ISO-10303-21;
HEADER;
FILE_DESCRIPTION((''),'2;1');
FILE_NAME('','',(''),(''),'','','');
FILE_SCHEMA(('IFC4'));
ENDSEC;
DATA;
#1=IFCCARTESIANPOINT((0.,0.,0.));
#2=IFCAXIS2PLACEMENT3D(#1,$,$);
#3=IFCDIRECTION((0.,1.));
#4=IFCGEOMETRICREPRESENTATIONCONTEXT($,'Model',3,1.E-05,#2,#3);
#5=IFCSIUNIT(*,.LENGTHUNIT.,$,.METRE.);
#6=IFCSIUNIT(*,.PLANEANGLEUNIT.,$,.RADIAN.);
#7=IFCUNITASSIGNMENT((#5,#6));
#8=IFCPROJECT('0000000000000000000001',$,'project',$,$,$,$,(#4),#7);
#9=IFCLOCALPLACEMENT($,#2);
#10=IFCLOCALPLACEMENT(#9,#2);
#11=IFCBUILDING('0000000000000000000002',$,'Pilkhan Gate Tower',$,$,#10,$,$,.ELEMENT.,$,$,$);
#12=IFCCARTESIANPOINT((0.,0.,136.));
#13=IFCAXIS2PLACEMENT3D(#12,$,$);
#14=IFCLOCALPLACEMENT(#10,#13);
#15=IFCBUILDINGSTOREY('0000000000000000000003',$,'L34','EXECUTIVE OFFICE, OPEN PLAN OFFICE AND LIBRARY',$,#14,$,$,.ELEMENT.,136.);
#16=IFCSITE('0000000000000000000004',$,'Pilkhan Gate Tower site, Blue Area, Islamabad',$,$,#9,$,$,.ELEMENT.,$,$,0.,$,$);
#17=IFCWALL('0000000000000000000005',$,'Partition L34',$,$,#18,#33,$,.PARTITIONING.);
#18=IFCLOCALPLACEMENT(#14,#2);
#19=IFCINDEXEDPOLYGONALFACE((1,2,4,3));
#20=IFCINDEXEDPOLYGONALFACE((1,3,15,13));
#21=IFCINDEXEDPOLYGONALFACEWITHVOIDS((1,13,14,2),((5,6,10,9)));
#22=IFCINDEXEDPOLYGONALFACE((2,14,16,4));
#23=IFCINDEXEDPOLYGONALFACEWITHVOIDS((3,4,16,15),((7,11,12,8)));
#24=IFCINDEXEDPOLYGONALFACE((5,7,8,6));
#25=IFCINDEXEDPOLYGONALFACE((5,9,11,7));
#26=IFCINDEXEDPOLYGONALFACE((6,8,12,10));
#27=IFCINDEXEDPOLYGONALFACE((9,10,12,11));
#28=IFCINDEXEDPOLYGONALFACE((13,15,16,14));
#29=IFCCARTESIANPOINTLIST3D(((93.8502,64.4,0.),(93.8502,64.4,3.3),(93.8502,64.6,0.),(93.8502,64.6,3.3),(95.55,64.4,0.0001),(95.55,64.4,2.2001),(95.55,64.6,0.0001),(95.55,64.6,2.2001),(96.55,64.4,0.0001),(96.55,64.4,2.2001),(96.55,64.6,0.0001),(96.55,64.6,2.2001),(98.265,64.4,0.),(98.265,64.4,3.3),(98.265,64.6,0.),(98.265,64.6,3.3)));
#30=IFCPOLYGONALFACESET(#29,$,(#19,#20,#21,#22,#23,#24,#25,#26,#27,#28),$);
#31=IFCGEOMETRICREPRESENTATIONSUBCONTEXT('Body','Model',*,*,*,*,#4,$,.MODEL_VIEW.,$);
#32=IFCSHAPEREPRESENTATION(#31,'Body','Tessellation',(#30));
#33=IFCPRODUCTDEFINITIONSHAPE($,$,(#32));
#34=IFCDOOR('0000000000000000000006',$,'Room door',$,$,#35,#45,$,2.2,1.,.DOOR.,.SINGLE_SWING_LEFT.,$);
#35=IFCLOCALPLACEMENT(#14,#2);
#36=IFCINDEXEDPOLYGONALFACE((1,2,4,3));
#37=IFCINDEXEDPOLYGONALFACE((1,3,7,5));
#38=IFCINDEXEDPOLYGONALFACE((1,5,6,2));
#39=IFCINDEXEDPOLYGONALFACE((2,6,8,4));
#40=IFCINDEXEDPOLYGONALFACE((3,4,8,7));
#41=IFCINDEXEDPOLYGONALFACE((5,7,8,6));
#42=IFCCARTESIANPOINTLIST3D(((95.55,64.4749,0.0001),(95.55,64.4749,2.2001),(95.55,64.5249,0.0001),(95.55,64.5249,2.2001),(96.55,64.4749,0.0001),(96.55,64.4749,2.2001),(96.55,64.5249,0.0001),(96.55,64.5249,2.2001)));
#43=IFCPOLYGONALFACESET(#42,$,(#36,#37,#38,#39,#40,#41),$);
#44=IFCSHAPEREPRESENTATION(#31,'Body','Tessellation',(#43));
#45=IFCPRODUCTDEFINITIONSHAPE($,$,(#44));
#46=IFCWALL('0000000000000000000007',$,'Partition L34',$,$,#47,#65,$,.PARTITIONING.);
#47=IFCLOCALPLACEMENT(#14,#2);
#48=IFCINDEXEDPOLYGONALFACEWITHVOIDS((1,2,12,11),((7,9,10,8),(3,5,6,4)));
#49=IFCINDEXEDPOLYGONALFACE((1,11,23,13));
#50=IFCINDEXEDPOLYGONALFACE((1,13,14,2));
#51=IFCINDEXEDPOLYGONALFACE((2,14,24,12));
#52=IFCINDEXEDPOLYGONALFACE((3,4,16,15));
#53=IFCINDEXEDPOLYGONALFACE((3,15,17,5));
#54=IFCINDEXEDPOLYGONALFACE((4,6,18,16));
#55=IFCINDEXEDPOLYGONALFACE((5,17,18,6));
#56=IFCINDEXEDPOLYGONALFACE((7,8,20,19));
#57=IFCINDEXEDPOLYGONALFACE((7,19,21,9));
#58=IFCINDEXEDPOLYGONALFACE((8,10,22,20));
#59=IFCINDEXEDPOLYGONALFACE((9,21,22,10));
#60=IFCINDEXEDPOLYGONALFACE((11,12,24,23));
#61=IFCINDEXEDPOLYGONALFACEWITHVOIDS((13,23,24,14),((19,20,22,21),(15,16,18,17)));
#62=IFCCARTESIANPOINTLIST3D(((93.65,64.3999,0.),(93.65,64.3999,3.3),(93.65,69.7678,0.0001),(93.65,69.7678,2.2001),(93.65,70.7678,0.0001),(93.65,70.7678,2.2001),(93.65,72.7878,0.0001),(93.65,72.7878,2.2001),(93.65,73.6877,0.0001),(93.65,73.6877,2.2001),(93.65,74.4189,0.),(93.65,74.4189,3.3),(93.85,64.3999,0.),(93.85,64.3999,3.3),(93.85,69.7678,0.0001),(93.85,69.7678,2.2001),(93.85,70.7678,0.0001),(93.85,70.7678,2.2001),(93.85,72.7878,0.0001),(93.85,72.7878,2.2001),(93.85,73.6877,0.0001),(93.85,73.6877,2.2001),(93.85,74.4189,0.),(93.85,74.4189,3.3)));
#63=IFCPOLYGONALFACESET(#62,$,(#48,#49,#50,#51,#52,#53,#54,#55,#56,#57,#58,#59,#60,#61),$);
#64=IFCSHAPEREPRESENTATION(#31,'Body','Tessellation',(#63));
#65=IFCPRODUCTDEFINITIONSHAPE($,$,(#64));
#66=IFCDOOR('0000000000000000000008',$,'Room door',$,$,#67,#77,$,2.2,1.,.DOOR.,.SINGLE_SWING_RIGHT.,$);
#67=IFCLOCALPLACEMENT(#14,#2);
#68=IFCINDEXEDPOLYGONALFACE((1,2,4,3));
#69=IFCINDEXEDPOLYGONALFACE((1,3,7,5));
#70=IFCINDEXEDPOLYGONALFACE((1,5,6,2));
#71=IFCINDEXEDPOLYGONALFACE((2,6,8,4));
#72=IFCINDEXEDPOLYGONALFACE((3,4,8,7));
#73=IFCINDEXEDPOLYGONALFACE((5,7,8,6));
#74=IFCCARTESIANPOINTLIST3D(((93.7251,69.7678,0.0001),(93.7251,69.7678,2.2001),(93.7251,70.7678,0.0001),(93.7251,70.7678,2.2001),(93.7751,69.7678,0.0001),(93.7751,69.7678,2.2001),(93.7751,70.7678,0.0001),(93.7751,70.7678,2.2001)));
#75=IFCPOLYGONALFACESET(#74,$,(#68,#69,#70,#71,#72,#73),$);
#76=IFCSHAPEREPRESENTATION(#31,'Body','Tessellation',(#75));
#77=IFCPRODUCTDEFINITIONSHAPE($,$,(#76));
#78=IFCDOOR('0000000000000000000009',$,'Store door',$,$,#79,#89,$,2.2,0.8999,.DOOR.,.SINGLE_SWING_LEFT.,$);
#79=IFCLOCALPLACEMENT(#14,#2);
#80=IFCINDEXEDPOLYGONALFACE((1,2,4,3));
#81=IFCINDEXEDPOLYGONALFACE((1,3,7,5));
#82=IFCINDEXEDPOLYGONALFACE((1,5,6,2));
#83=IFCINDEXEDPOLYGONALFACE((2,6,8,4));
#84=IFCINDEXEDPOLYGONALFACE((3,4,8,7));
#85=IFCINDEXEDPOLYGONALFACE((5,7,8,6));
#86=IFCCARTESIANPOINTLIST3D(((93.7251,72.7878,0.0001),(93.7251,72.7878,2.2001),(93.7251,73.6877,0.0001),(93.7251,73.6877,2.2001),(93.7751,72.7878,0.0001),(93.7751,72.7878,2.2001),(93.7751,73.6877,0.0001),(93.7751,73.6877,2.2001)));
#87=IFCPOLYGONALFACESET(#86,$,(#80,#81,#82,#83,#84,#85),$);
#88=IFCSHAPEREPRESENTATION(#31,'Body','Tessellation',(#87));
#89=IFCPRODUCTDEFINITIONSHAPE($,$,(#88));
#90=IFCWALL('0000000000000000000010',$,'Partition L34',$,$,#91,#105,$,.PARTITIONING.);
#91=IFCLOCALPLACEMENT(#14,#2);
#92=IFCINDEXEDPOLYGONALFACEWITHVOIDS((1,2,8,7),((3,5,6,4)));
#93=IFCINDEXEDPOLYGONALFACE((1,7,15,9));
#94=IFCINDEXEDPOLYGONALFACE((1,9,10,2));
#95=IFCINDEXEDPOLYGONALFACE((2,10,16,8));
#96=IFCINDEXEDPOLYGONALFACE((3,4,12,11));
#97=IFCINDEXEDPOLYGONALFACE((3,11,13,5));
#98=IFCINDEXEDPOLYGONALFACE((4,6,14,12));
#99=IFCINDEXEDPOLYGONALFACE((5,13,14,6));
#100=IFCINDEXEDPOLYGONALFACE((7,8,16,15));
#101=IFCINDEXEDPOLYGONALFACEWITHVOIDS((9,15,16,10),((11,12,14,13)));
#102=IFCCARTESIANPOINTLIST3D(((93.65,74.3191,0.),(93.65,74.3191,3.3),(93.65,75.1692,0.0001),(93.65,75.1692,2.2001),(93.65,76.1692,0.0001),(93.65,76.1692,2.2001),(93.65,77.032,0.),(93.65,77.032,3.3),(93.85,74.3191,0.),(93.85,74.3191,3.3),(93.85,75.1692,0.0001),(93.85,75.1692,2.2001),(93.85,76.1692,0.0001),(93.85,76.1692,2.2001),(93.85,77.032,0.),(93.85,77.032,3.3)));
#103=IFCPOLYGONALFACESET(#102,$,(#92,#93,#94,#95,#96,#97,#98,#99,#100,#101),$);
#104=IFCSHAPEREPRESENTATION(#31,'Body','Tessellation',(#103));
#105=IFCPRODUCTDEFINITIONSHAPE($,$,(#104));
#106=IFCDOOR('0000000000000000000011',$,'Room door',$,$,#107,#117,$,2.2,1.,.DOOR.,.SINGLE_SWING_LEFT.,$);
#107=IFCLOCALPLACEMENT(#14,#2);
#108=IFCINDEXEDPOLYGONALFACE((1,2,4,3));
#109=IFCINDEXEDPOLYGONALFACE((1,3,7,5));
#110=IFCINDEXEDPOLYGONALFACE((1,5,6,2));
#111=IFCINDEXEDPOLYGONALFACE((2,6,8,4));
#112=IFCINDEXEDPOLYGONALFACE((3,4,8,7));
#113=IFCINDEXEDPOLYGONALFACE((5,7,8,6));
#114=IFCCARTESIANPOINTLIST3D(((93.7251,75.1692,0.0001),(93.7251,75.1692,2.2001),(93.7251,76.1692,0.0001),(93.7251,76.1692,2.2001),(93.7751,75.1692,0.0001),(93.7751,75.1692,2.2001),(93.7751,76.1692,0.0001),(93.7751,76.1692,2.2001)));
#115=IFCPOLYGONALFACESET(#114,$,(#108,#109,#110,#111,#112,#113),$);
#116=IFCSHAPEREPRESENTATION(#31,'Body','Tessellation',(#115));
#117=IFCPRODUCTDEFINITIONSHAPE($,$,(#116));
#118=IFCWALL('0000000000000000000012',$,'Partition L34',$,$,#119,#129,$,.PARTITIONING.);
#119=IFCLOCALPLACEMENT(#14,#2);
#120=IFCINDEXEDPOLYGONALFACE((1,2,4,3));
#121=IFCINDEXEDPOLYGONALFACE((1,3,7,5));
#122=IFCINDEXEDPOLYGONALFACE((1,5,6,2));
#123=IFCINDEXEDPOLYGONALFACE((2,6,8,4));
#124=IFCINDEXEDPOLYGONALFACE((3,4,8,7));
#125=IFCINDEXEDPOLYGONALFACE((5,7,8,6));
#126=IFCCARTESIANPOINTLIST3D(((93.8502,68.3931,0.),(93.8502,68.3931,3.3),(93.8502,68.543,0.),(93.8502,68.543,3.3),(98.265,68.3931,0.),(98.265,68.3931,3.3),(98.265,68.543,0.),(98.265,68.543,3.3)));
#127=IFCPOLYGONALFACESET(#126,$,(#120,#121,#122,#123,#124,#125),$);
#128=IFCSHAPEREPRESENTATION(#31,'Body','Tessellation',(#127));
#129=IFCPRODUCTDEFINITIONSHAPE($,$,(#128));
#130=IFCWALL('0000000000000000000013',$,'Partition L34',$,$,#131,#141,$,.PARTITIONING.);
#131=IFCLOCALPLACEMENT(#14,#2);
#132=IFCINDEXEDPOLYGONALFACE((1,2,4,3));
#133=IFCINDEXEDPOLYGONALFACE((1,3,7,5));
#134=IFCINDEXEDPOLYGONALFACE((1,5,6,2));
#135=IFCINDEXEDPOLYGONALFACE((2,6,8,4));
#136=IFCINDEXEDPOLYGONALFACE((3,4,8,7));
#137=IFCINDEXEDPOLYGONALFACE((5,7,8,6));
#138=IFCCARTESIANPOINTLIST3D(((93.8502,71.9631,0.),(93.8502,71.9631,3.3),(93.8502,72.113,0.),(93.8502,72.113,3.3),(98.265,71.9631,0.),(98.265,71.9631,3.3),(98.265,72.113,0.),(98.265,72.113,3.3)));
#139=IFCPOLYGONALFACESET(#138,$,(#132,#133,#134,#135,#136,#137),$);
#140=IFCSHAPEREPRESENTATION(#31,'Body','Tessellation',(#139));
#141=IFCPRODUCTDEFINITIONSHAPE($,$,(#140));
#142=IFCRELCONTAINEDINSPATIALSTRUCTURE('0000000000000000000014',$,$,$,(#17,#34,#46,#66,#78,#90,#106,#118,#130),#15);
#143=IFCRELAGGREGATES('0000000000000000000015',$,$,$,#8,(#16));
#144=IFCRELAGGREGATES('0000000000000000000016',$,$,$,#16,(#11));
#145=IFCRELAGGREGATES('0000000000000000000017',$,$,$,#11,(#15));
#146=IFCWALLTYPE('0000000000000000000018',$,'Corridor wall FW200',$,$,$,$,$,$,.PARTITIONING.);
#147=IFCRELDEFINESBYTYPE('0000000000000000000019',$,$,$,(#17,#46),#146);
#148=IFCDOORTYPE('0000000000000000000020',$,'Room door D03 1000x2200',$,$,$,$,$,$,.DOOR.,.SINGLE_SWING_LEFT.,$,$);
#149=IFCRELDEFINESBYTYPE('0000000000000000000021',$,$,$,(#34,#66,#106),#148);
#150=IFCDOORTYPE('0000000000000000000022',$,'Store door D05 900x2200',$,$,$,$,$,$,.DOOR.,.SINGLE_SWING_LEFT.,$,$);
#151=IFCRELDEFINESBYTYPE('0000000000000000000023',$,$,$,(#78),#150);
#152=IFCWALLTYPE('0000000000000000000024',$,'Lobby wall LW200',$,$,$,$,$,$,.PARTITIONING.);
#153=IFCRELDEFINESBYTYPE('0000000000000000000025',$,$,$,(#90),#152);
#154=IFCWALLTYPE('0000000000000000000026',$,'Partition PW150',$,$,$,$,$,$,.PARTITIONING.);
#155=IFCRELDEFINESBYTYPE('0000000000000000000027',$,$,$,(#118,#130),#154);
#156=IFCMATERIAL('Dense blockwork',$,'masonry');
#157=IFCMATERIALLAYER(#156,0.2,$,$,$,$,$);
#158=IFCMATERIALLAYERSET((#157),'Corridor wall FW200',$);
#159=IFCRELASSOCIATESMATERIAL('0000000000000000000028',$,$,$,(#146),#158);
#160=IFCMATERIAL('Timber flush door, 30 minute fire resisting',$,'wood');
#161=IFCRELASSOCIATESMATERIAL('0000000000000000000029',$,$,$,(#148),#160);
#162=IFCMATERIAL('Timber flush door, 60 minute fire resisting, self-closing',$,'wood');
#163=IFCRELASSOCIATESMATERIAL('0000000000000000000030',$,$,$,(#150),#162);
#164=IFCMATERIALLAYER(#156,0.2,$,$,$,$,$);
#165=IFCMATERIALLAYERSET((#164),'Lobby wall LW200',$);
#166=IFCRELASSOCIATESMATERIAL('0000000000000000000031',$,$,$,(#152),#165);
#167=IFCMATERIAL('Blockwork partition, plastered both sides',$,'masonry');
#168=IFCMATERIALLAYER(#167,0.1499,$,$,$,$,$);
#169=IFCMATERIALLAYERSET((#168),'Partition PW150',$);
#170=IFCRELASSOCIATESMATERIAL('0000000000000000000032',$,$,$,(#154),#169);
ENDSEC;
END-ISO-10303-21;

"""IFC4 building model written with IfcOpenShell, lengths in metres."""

from ifc_helpers import new_model, si_unit, direction, frame, frame_2d, origin, place, context, subcontext, project, spatial, rectangle, extrude, material, layer, layer_set, type_object, element, fill, save


model = new_model("IFC4")

# Units and contexts
model_context = context("Model", 3, precision=1e-05, world=origin(), true_north=direction((0.0, 1.0)))
body_context = subcontext(model_context, "Body", "Model", "MODEL_VIEW")
ifc_project = project(units=[si_unit("LENGTHUNIT", "METRE"), si_unit("PLANEANGLEUNIT", "RADIAN")], contexts=[model_context])

# Site, building, storey
site_placement = place(None, origin())
site = spatial("IfcSite", under=ifc_project, at=site_placement, Name="Pilkhan Gate Tower site, Blue Area, Islamabad", CompositionType="ELEMENT", RefElevation=0.0)
building_placement = place(site_placement, origin())
building = spatial("IfcBuilding", under=site, at=building_placement, Name="Pilkhan Gate Tower", CompositionType="ELEMENT")
storey_placement = place(building_placement, frame((0.0, 0.0, 136.0)))
storey = spatial("IfcBuildingStorey", under=building, at=storey_placement, Name="L34", Description="EXECUTIVE OFFICE, OPEN PLAN OFFICE AND LIBRARY", CompositionType="ELEMENT", Elevation=136.0)

# Wall, opening, door
ifc_material_1 = material(Name="Dense blockwork", Category="masonry")
ifc_layer_1 = layer(ifc_material_1, 0.2)
ifc_layer_set_1 = layer_set([ifc_layer_1], Name="Corridor wall FW200")
wall_type_1 = type_object("IfcWallType", Name="Corridor wall FW200", PredefinedType="PARTITIONING", material=ifc_layer_set_1)
wall_1_placement = place(storey_placement, frame((93.8501, 64.5, 0.0), z_axis=(0.0, 0.0, 1.0), x_axis=(1.0, 0.0, 0.0)))
wall_1 = element("IfcWall", 1, at=wall_1_placement, inside=storey, type_object=wall_type_1, Name="Partition L34", PredefinedType="PARTITIONING", context=body_context, shape_type="SweptSolid", body=[
    extrude(rectangle(XDim=4.4148, YDim=0.2, at=frame_2d((2.2075, 0.0))), origin(), (0.0, 0.0, 1.0), 3.3),
])
opening_1_placement = place(wall_1_placement, frame((1.7, 0.0, 0.0)))
opening_1 = element("IfcOpeningElement", 2, at=opening_1_placement, cuts=wall_1, PredefinedType="OPENING", context=body_context, shape_type="SweptSolid", body=[
    extrude(rectangle(XDim=1.0, YDim=2.2, at=frame_2d((0.5, 1.1001))), frame((0.0, 0.1099, 0.0), z_axis=(0.0, -1.0, 0.0), x_axis=(1.0, 0.0, 0.0)), (0.0, 0.0, 1.0), 0.22),
])
ifc_material_2 = material(Name="Timber flush door, 30 minute fire resisting", Category="wood")
door_type_1 = type_object("IfcDoorType", Name="Room door D03 1000x2200", OperationType="SINGLE_SWING_LEFT", PredefinedType="DOOR", material=ifc_material_2)
door_1_placement = place(opening_1_placement, origin())
door_1 = element("IfcDoor", 3, at=door_1_placement, inside=storey, type_object=door_type_1, Name="Room door", OperationType="SINGLE_SWING_LEFT", OverallHeight=2.2, OverallWidth=1.0, PredefinedType="DOOR", context=body_context, shape_type="SweptSolid", body=[
    extrude(rectangle(XDim=1.0, YDim=2.2, at=frame_2d((0.5, 1.1001))), frame((0.0, 0.0249, 0.0), z_axis=(0.0, -1.0, 0.0), x_axis=(1.0, 0.0, 0.0)), (0.0, 0.0, 1.0), 0.05),
])
fill(opening_1, door_1)

# Wall, openings, doors
wall_2_placement = place(storey_placement, frame((93.75, 64.3999, 0.0), z_axis=(0.0, 0.0, 1.0), x_axis=(0.0, 1.0, 0.0)))
wall_2 = element("IfcWall", 4, at=wall_2_placement, inside=storey, type_object=wall_type_1, Name="Partition L34", PredefinedType="PARTITIONING", context=body_context, shape_type="SweptSolid", body=[
    extrude(rectangle(XDim=10.019, YDim=0.2, at=frame_2d((5.0095, 0.0))), origin(), (0.0, 0.0, 1.0), 3.3),
])
opening_2_placement = place(wall_2_placement, frame((5.3679, 0.0, 0.0)))
opening_2 = element("IfcOpeningElement", 5, at=opening_2_placement, cuts=wall_2, PredefinedType="OPENING", context=body_context, shape_type="SweptSolid", body=[
    extrude(rectangle(XDim=1.0, YDim=2.2, at=frame_2d((0.5, 1.1001))), frame((0.0, 0.1099, 0.0), z_axis=(0.0, -1.0, 0.0), x_axis=(1.0, 0.0, 0.0)), (0.0, 0.0, 1.0), 0.22),
])
opening_3_placement = place(wall_2_placement, frame((8.3879, 0.0, 0.0)))
opening_3 = element("IfcOpeningElement", 6, at=opening_3_placement, cuts=wall_2, PredefinedType="OPENING", context=body_context, shape_type="SweptSolid", body=[
    extrude(rectangle(XDim=0.8999, YDim=2.2, at=frame_2d((0.45, 1.1001))), frame((0.0, 0.1099, 0.0), z_axis=(0.0, -1.0, 0.0), x_axis=(1.0, 0.0, 0.0)), (0.0, 0.0, 1.0), 0.22),
])
door_2_placement = place(opening_2_placement, origin())
door_2 = element("IfcDoor", 7, at=door_2_placement, inside=storey, type_object=door_type_1, Name="Room door", OperationType="SINGLE_SWING_RIGHT", OverallHeight=2.2, OverallWidth=1.0, PredefinedType="DOOR", context=body_context, shape_type="SweptSolid", body=[
    extrude(rectangle(XDim=1.0, YDim=2.2, at=frame_2d((0.5, 1.1001))), frame((0.0, 0.0249, 0.0), z_axis=(0.0, -1.0, 0.0), x_axis=(1.0, 0.0, 0.0)), (0.0, 0.0, 1.0), 0.05),
])
fill(opening_2, door_2)
ifc_material_3 = material(Name="Timber flush door, 60 minute fire resisting, self-closing", Category="wood")
door_type_2 = type_object("IfcDoorType", Name="Store door D05 900x2200", OperationType="SINGLE_SWING_LEFT", PredefinedType="DOOR", material=ifc_material_3)
door_3_placement = place(opening_3_placement, origin())
door_3 = element("IfcDoor", 8, at=door_3_placement, inside=storey, type_object=door_type_2, Name="Store door", OperationType="SINGLE_SWING_LEFT", OverallHeight=2.2, OverallWidth=0.8999, PredefinedType="DOOR", context=body_context, shape_type="SweptSolid", body=[
    extrude(rectangle(XDim=0.8999, YDim=2.2, at=frame_2d((0.45, 1.1001))), frame((0.0, 0.0249, 0.0), z_axis=(0.0, -1.0, 0.0), x_axis=(1.0, 0.0, 0.0)), (0.0, 0.0, 1.0), 0.05),
])
fill(opening_3, door_3)

# Wall, opening, door
ifc_layer_2 = layer(ifc_material_1, 0.2)
ifc_layer_set_2 = layer_set([ifc_layer_2], Name="Lobby wall LW200")
wall_type_2 = type_object("IfcWallType", Name="Lobby wall LW200", PredefinedType="PARTITIONING", material=ifc_layer_set_2)
wall_3_placement = place(storey_placement, frame((93.75, 74.3191, 0.0), z_axis=(0.0, 0.0, 1.0), x_axis=(0.0, 1.0, 0.0)))
wall_3 = element("IfcWall", 9, at=wall_3_placement, inside=storey, type_object=wall_type_2, Name="Partition L34", PredefinedType="PARTITIONING", context=body_context, shape_type="SweptSolid", body=[
    extrude(rectangle(XDim=2.7129, YDim=0.2, at=frame_2d((1.3564, 0.0))), origin(), (0.0, 0.0, 1.0), 3.3),
])
opening_4_placement = place(wall_3_placement, frame((0.8501, 0.0, 0.0)))
opening_4 = element("IfcOpeningElement", 10, at=opening_4_placement, cuts=wall_3, PredefinedType="OPENING", context=body_context, shape_type="SweptSolid", body=[
    extrude(rectangle(XDim=1.0, YDim=2.2, at=frame_2d((0.5, 1.1001))), frame((0.0, 0.1099, 0.0), z_axis=(0.0, -1.0, 0.0), x_axis=(1.0, 0.0, 0.0)), (0.0, 0.0, 1.0), 0.22),
])
door_4_placement = place(opening_4_placement, origin())
door_4 = element("IfcDoor", 11, at=door_4_placement, inside=storey, type_object=door_type_1, Name="Room door", OperationType="SINGLE_SWING_LEFT", OverallHeight=2.2, OverallWidth=1.0, PredefinedType="DOOR", context=body_context, shape_type="SweptSolid", body=[
    extrude(rectangle(XDim=1.0, YDim=2.2, at=frame_2d((0.5, 1.1001))), frame((0.0, 0.0249, 0.0), z_axis=(0.0, -1.0, 0.0), x_axis=(1.0, 0.0, 0.0)), (0.0, 0.0, 1.0), 0.05),
])
fill(opening_4, door_4)

# Walls
ifc_material_4 = material(Name="Blockwork partition, plastered both sides", Category="masonry")
ifc_layer_3 = layer(ifc_material_4, 0.1499)
ifc_layer_set_3 = layer_set([ifc_layer_3], Name="Partition PW150")
wall_type_3 = type_object("IfcWallType", Name="Partition PW150", PredefinedType="PARTITIONING", material=ifc_layer_set_3)
for number, where, z_axis, x_axis, name in (
    (12, (93.8501, 68.468, 0.0), (0.0, 0.0, 1.0), (1.0, 0.0, 0.0), "Partition L34"),
    (13, (93.8501, 72.0381, 0.0), (0.0, 0.0, 1.0), (1.0, 0.0, 0.0), "Partition L34"),
):
    element("IfcWall", number, at=place(storey_placement, frame(where, z_axis=z_axis, x_axis=x_axis)), inside=storey, type_object=wall_type_3, Name=name, PredefinedType="PARTITIONING", context=body_context, shape_type="SweptSolid", body=[
        extrude(rectangle(XDim=4.4148, YDim=0.1499, at=frame_2d((2.2075, 0.0))), origin(), (0.0, 0.0, 1.0), 3.3),
    ])

save(model, "model.ifc")
